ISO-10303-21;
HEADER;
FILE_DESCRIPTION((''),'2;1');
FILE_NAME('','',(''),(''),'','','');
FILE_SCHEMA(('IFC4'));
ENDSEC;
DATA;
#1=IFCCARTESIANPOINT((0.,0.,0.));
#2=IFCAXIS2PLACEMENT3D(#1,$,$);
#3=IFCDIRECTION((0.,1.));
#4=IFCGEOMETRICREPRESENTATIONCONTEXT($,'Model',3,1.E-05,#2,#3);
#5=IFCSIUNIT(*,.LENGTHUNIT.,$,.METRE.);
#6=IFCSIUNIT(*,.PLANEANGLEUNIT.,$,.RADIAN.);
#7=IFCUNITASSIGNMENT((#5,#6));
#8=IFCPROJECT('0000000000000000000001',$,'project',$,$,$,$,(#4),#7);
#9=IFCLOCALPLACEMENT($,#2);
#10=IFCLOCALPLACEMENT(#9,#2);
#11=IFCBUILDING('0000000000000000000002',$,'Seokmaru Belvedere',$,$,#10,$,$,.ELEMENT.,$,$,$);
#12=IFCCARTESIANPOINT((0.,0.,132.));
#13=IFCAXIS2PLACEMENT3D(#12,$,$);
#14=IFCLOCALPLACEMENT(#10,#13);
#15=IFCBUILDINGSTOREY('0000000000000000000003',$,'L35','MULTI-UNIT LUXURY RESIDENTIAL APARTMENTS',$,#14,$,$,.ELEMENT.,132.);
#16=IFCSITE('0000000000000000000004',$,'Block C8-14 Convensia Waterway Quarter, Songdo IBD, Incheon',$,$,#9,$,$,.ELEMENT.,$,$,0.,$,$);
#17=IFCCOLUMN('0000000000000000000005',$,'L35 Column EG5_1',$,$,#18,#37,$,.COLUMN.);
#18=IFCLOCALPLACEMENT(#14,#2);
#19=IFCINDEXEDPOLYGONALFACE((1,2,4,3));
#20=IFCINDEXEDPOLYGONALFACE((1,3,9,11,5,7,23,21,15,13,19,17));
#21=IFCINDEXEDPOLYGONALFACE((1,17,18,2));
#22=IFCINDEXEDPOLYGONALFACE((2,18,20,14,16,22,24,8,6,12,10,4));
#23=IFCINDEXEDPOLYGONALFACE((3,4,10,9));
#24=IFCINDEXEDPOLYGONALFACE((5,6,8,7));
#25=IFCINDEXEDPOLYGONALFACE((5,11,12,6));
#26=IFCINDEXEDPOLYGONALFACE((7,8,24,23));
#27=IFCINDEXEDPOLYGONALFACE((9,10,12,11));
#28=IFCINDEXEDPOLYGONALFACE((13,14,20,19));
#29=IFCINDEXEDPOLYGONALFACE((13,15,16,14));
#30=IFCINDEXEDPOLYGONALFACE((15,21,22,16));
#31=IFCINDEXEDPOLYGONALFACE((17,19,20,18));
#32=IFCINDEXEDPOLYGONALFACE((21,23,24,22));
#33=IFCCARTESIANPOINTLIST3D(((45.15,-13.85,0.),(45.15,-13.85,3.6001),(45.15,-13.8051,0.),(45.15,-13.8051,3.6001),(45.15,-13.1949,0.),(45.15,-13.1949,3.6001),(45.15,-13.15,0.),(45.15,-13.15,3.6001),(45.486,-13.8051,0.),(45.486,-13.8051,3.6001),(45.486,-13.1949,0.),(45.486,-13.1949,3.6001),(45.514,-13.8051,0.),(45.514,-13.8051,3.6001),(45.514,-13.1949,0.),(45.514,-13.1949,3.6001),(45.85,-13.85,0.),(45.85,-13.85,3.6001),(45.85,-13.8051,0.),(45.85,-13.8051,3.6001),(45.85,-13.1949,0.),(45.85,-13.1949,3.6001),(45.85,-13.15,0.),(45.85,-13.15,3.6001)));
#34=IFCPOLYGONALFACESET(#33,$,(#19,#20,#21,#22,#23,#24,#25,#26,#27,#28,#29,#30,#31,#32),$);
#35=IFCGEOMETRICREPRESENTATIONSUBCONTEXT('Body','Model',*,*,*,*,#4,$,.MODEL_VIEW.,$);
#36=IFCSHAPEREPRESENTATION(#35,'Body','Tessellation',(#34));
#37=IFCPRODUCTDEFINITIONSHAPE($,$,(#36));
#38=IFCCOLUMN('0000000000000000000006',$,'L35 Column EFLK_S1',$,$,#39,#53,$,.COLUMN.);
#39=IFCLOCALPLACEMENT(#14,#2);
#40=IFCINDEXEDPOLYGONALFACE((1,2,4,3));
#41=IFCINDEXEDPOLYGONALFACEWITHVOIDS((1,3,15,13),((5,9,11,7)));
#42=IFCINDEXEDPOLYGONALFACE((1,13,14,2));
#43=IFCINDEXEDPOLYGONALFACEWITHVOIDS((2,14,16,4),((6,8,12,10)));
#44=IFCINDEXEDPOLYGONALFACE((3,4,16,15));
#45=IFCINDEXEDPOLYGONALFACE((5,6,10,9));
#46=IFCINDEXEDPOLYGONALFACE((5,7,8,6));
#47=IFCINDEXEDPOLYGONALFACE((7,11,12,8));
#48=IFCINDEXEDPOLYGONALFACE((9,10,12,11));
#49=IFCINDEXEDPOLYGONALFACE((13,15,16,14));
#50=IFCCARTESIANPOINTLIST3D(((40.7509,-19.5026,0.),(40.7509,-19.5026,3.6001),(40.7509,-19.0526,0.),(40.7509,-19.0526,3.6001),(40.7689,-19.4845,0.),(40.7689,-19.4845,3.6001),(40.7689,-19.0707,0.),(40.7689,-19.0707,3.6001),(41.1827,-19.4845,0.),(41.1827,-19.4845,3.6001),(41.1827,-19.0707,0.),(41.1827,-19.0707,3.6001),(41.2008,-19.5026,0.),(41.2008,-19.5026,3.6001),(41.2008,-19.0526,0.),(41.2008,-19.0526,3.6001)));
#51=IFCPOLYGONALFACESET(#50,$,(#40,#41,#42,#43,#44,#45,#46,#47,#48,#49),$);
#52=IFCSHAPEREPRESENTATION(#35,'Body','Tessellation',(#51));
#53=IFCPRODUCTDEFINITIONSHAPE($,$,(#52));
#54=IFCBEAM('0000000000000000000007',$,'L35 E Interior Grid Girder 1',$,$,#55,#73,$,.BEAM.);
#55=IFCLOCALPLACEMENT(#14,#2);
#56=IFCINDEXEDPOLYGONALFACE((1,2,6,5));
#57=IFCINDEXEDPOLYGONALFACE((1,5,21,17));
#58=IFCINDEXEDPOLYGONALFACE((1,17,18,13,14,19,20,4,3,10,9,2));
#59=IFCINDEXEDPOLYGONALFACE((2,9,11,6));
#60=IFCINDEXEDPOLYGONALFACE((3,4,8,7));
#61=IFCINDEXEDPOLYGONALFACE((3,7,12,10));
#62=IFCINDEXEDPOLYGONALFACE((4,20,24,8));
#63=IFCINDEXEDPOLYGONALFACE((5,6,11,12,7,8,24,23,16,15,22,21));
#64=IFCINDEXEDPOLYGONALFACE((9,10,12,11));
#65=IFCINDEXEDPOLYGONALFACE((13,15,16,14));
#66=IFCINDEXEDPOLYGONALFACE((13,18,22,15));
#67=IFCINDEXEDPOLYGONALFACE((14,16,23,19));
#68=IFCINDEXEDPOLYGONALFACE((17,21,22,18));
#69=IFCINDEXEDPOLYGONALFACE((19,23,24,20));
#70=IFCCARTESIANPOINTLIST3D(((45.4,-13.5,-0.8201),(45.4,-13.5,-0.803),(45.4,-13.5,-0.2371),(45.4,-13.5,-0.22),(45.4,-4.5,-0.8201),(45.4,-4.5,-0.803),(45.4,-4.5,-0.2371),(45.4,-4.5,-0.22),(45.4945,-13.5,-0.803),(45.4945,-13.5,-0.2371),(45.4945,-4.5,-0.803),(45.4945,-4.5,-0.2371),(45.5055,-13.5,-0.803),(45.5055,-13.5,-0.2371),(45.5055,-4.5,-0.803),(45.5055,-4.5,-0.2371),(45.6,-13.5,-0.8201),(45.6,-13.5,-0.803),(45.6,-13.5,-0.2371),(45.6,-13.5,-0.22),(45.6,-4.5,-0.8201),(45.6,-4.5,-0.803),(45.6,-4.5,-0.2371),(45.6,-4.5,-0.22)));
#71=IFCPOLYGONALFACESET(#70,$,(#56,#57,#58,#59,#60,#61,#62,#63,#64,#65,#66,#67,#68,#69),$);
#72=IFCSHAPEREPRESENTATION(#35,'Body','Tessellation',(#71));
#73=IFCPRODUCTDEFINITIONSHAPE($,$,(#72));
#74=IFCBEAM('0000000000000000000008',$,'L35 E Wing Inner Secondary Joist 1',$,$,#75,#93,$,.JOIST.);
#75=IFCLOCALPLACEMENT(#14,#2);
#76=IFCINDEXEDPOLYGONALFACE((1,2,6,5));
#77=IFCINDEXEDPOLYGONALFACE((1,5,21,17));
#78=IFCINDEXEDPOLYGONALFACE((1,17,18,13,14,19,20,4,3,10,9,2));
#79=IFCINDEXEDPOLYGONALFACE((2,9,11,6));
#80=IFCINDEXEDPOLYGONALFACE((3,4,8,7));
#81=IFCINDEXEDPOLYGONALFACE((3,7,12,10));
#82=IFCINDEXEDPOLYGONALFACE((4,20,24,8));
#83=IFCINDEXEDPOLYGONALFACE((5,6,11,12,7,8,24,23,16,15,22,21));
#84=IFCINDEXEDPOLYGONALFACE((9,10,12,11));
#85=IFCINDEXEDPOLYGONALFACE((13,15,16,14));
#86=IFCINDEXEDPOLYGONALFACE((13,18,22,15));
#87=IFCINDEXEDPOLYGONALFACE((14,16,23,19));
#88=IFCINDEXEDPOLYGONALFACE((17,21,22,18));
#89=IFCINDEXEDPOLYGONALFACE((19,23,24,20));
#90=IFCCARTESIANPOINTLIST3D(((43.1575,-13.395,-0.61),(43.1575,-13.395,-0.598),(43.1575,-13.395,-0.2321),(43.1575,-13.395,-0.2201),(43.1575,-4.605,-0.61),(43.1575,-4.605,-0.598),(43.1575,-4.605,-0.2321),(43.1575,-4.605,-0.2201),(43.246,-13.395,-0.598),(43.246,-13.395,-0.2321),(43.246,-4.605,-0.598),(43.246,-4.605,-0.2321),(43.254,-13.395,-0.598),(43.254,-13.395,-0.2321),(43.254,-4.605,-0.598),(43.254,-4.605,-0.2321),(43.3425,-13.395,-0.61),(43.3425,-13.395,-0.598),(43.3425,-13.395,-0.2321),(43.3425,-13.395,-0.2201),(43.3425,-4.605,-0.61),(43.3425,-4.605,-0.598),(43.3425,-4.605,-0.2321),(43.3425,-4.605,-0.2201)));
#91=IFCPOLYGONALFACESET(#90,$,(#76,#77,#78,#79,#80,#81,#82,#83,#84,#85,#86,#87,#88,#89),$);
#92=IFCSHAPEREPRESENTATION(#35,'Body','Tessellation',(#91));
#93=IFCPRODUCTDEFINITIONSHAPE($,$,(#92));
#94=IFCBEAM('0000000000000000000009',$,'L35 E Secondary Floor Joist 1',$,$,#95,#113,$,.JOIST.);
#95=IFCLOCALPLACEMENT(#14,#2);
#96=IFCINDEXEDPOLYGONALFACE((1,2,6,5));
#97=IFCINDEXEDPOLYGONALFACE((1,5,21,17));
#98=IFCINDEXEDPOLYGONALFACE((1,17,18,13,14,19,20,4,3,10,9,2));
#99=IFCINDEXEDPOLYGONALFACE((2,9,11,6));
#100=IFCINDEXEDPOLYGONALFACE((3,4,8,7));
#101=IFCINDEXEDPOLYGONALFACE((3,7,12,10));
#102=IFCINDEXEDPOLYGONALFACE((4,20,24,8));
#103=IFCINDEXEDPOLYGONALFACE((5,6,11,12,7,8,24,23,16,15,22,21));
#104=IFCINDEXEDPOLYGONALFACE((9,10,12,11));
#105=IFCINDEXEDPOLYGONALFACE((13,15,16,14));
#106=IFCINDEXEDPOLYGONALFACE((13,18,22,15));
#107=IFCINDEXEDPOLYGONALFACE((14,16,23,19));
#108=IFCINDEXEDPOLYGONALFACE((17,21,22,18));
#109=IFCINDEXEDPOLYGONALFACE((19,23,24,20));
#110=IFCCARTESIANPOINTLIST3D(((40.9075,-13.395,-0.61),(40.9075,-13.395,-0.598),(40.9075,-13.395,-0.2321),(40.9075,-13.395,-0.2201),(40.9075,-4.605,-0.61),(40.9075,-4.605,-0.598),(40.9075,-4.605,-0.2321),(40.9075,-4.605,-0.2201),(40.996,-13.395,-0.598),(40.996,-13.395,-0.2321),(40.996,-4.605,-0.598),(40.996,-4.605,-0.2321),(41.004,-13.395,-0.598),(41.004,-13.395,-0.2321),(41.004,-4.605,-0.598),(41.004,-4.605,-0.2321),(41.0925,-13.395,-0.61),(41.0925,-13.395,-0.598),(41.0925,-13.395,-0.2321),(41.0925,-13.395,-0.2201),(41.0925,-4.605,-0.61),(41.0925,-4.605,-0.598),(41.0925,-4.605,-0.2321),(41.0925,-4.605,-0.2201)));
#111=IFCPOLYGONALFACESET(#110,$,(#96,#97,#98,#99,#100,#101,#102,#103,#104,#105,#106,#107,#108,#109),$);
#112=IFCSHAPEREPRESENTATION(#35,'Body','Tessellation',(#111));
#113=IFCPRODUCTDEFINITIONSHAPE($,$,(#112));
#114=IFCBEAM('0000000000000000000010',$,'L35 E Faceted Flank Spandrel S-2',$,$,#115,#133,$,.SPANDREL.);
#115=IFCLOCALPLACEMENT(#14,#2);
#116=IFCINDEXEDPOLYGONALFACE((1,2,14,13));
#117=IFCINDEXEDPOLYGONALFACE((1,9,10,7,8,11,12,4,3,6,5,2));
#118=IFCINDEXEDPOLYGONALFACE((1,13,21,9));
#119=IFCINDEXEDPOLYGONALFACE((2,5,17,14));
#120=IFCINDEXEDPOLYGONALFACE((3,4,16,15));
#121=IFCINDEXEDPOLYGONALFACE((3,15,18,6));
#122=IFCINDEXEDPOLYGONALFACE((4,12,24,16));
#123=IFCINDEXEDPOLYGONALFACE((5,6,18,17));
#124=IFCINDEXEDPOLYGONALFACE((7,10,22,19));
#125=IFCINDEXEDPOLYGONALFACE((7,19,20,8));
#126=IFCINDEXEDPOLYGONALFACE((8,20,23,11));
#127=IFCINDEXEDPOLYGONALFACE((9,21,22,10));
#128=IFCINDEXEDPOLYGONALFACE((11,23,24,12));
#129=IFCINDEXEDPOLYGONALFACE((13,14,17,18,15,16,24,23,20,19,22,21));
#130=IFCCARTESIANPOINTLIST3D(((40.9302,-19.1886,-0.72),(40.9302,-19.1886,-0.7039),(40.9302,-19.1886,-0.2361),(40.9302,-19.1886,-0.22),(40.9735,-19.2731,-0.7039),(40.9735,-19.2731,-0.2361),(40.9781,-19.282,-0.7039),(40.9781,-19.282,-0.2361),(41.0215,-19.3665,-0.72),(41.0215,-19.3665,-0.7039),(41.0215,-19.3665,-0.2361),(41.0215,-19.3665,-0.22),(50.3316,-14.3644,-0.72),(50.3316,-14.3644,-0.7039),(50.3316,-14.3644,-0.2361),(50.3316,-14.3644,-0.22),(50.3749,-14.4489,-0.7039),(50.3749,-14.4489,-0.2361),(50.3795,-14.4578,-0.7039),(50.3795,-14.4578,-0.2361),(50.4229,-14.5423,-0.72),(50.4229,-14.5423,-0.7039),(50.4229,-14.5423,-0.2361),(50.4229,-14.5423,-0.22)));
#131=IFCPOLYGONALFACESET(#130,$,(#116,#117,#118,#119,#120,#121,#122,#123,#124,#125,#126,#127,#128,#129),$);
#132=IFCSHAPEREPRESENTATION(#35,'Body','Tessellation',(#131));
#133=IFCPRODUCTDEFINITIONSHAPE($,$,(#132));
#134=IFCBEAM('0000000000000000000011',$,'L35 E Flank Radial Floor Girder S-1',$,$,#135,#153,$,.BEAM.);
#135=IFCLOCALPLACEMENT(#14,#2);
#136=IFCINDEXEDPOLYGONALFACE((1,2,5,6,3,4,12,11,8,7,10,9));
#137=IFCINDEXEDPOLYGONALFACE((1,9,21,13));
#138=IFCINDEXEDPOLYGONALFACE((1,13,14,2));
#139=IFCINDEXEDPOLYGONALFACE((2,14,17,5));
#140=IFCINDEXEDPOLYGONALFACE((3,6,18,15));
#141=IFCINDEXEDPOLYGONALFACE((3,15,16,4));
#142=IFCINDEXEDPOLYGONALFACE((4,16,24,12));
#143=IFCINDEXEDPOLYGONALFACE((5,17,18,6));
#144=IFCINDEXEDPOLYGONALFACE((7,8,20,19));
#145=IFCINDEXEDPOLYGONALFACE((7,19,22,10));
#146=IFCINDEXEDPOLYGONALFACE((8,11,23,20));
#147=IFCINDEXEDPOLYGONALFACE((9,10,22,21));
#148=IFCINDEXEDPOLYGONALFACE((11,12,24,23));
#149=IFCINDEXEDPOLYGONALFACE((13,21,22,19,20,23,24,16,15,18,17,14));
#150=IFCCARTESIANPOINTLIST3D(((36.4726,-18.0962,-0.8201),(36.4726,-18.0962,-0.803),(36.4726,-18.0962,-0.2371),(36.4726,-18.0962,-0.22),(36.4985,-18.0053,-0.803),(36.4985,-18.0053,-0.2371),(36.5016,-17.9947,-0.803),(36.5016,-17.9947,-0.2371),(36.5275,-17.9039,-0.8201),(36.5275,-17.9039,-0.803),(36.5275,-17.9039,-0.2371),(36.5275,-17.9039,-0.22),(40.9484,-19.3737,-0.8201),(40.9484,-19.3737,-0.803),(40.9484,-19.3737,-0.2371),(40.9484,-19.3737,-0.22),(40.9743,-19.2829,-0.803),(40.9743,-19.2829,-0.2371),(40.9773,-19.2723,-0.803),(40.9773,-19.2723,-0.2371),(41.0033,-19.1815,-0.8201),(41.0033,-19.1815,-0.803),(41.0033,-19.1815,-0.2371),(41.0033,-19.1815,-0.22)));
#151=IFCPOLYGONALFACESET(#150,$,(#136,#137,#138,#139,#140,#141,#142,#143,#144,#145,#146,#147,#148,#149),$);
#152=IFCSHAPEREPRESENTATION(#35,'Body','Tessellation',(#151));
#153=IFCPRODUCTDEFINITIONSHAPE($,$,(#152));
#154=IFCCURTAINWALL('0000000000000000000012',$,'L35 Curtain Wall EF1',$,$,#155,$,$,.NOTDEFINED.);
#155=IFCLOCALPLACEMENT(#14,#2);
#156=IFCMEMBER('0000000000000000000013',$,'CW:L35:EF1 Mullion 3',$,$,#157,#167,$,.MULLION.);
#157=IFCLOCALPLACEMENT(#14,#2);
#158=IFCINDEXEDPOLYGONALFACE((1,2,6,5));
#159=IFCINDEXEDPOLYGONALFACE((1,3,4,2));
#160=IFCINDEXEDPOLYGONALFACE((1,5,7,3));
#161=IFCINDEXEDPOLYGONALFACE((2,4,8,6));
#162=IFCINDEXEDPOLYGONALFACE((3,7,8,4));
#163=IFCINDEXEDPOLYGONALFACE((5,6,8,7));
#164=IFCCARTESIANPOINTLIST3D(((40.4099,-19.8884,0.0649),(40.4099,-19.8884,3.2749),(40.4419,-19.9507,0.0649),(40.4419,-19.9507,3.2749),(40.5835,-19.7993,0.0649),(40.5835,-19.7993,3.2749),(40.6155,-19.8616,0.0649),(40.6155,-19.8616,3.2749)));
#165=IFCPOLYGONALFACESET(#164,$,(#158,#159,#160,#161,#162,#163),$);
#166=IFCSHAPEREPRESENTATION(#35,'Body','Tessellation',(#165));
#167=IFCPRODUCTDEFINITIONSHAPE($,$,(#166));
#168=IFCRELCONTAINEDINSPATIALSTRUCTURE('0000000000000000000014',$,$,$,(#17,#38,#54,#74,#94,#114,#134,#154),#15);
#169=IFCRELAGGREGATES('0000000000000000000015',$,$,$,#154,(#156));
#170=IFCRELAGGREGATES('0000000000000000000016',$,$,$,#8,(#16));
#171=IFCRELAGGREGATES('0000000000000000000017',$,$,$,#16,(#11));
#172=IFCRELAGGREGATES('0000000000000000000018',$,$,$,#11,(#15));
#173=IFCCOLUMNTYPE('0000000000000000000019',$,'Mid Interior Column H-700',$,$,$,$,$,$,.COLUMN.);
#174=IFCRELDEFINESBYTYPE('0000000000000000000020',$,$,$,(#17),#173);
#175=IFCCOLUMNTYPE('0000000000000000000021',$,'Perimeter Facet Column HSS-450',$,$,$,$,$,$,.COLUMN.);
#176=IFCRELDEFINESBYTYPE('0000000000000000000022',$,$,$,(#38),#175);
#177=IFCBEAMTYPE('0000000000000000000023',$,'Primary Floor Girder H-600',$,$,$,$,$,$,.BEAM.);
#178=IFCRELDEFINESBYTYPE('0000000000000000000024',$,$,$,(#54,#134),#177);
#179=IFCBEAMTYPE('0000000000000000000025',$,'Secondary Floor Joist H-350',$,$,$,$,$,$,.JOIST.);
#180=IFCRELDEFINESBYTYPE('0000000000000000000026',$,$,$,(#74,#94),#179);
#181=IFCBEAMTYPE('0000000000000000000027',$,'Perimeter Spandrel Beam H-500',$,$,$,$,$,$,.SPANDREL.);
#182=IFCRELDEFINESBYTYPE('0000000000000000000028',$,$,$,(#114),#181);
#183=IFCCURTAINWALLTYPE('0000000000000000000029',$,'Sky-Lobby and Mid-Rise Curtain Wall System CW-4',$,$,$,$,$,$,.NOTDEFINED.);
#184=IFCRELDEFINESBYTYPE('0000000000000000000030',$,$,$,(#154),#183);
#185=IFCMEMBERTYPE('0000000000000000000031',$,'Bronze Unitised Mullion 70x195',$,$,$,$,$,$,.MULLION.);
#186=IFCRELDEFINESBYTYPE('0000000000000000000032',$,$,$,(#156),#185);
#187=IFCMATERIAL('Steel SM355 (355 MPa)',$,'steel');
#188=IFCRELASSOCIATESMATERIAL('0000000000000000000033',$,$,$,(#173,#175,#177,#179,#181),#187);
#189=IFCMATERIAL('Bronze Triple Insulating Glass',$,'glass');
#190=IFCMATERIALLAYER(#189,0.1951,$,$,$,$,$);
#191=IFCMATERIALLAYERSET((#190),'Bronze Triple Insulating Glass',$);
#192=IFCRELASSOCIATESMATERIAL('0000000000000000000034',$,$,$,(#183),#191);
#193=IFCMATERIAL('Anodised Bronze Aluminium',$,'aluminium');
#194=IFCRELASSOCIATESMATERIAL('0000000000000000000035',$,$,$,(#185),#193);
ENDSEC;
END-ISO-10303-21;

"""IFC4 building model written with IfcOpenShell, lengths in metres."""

from ifc_helpers import new_model, si_unit, direction, frame, origin, origin_2d, place, context, subcontext, project, spatial, rectangle, hollow_rectangle, i_section, extrude, source, transform, mapped, material, layer, layer_set, material_profile, profile_set, type_object, type_shapes, element, aggregate, save


model = new_model("IFC4")

# Units and contexts
model_context = context("Model", 3, precision=1e-05, world=origin(), true_north=direction((0.0, 1.0)))
body_context = subcontext(model_context, "Body", "Model", "MODEL_VIEW")
ifc_project = project(units=[si_unit("LENGTHUNIT", "METRE"), si_unit("PLANEANGLEUNIT", "RADIAN")], contexts=[model_context])

# Site, building, storey
site_placement = place(None, origin())
site = spatial("IfcSite", under=ifc_project, at=site_placement, Name="Block C8-14 Convensia Waterway Quarter, Songdo IBD, Incheon", CompositionType="ELEMENT", RefElevation=0.0)
building_placement = place(site_placement, origin())
building = spatial("IfcBuilding", under=site, at=building_placement, Name="Seokmaru Belvedere", CompositionType="ELEMENT")
storey_placement = place(building_placement, frame((0.0, 0.0, 132.0)))
storey = spatial("IfcBuildingStorey", under=building, at=storey_placement, Name="L35", Description="MULTI-UNIT LUXURY RESIDENTIAL APARTMENTS", CompositionType="ELEMENT", Elevation=132.0)

# Columns
ifc_material_1 = material(Name="Steel SM355 (355 MPa)", Category="steel")
ifc_material_profile_1 = material_profile(ifc_material_1, i_section(OverallWidth=0.7, OverallDepth=0.7, WebThickness=0.0281, FlangeThickness=0.0449, at=origin_2d()), Name="H-700x700x28x45")
ifc_profile_set_1 = profile_set([ifc_material_profile_1], Name="Steel SM355 (355 MPa)")
column_type_1 = type_object("IfcColumnType", Name="Mid Interior Column H-700", PredefinedType="COLUMN", material=ifc_profile_set_1)
shared_shape_1 = source(origin(), body_context, "Body", "SweptSolid", [
    extrude(i_section(OverallWidth=0.7, OverallDepth=0.7, WebThickness=0.0281, FlangeThickness=0.0449, at=origin_2d()), origin(), (0.0, 0.0, 1.0), 3.6001),
])
type_shapes(column_type_1, [shared_shape_1])
column_1_placement = place(storey_placement, frame((45.5, -13.5, 0.0), z_axis=(0.0, 0.0, 1.0), x_axis=(1.0, 0.0, 0.0)))
element("IfcColumn", 1, at=column_1_placement, inside=storey, type_object=column_type_1, Name="L35 Column EG5_1", PredefinedType="COLUMN", context=body_context, shape_type="MappedRepresentation", body=[
    mapped(shared_shape_1, transform((0.0, 0.0, 0.0), scale=1.0)),
])
ifc_material_profile_2 = material_profile(ifc_material_1, hollow_rectangle(XDim=0.45, YDim=0.45, WallThickness=0.0181, at=origin_2d()), Name="HSS-450x450x18")
ifc_profile_set_2 = profile_set([ifc_material_profile_2], Name="Steel SM355 (355 MPa)")
column_type_2 = type_object("IfcColumnType", Name="Perimeter Facet Column HSS-450", PredefinedType="COLUMN", material=ifc_profile_set_2)
shared_shape_2 = source(origin(), body_context, "Body", "SweptSolid", [
    extrude(hollow_rectangle(XDim=0.45, YDim=0.45, WallThickness=0.0181, at=origin_2d()), origin(), (0.0, 0.0, 1.0), 3.6001),
])
type_shapes(column_type_2, [shared_shape_2])
column_2_placement = place(storey_placement, frame((40.9758, -19.2776, 0.0), z_axis=(0.0, 0.0, 1.0), x_axis=(1.0, 0.0, 0.0)))
element("IfcColumn", 2, at=column_2_placement, inside=storey, type_object=column_type_2, Name="L35 Column EFLK_S1", PredefinedType="COLUMN", context=body_context, shape_type="MappedRepresentation", body=[
    mapped(shared_shape_2, transform((0.0, 0.0, 0.0), scale=1.0)),
])

# Beams
ifc_material_profile_3 = material_profile(ifc_material_1, i_section(OverallWidth=0.2, OverallDepth=0.6001, WebThickness=0.011, FlangeThickness=0.0171, at=origin_2d()), Name="H-600x200x11x17")
ifc_profile_set_3 = profile_set([ifc_material_profile_3], Name="Steel SM355 (355 MPa)")
beam_type_1 = type_object("IfcBeamType", Name="Primary Floor Girder H-600", PredefinedType="BEAM", material=ifc_profile_set_3)
shared_shape_3 = source(origin(), body_context, "Body", "SweptSolid", [
    extrude(i_section(OverallWidth=0.2, OverallDepth=0.6001, WebThickness=0.011, FlangeThickness=0.0171, at=origin_2d()), origin(), (0.0, 0.0, 1.0), 9.0),
])
beam_1_placement = place(storey_placement, frame((45.5, -13.5, -0.52), z_axis=(0.0, 1.0, 0.0), x_axis=(-1.0, 0.0, 0.0)))
element("IfcBeam", 3, at=beam_1_placement, inside=storey, type_object=beam_type_1, Name="L35 E Interior Grid Girder 1", PredefinedType="BEAM", context=body_context, shape_type="MappedRepresentation", body=[
    mapped(shared_shape_3, transform((0.0, 0.0, 0.0), scale=1.0)),
])
ifc_material_profile_4 = material_profile(ifc_material_1, i_section(OverallWidth=0.1851, OverallDepth=0.3899, WebThickness=0.0081, FlangeThickness=0.012, at=origin_2d()), Name="H-390x185x8x12")
ifc_profile_set_4 = profile_set([ifc_material_profile_4], Name="Steel SM355 (355 MPa)")
beam_type_2 = type_object("IfcBeamType", Name="Secondary Floor Joist H-350", PredefinedType="JOIST", material=ifc_profile_set_4)
shared_shape_4 = source(origin(), body_context, "Body", "SweptSolid", [
    extrude(i_section(OverallWidth=0.1851, OverallDepth=0.3899, WebThickness=0.0081, FlangeThickness=0.012, at=origin_2d()), origin(), (0.0, 0.0, 1.0), 8.79),
])
type_shapes(beam_type_2, [shared_shape_4])
for number, where, z_axis, x_axis, name in (
    (4, (43.25, -13.395, -0.415), (0.0, 1.0, 0.0), (-1.0, 0.0, 0.0), "L35 E Wing Inner Secondary Joist 1"),
    (5, (41.0, -13.395, -0.415), (0.0, 1.0, 0.0), (-1.0, 0.0, 0.0), "L35 E Secondary Floor Joist 1"),
):
    element("IfcBeam", number, at=place(storey_placement, frame(where, z_axis=z_axis, x_axis=x_axis)), inside=storey, type_object=beam_type_2, Name=name, PredefinedType="JOIST", context=body_context, shape_type="MappedRepresentation", body=[
        mapped(shared_shape_4, transform((0.0, 0.0, 0.0), scale=1.0)),
    ])
ifc_material_profile_5 = material_profile(ifc_material_1, i_section(OverallWidth=0.2, OverallDepth=0.5, WebThickness=0.01, FlangeThickness=0.0161, at=origin_2d()), Name="H-500x200x10x16")
ifc_profile_set_5 = profile_set([ifc_material_profile_5], Name="Steel SM355 (355 MPa)")
beam_type_3 = type_object("IfcBeamType", Name="Perimeter Spandrel Beam H-500", PredefinedType="SPANDREL", material=ifc_profile_set_5)
shared_shape_5 = source(origin(), body_context, "Body", "SweptSolid", [
    extrude(i_section(OverallWidth=0.2, OverallDepth=0.5, WebThickness=0.01, FlangeThickness=0.0161, at=origin_2d()), origin(), (0.0, 0.0, 1.0), 10.5669),
])
type_shapes(beam_type_3, [shared_shape_5])
beam_2_placement = place(storey_placement, frame((40.9758, -19.2776, -0.47), z_axis=(0.889702, 0.456542, 0.0), x_axis=(-0.456542, 0.889702, 0.0)))
element("IfcBeam", 6, at=beam_2_placement, inside=storey, type_object=beam_type_3, Name="L35 E Faceted Flank Spandrel S-2", PredefinedType="SPANDREL", context=body_context, shape_type="MappedRepresentation", body=[
    mapped(shared_shape_5, transform((0.0, 0.0, 0.0), scale=1.0)),
])
shared_shape_6 = source(origin(), body_context, "Body", "SweptSolid", [
    extrude(i_section(OverallWidth=0.2, OverallDepth=0.6001, WebThickness=0.011, FlangeThickness=0.0171, at=origin_2d()), origin(), (0.0, 0.0, 1.0), 4.6545),
])
type_shapes(beam_type_1, [shared_shape_3, shared_shape_6])
beam_3_placement = place(storey_placement, frame((40.9758, -19.2776, -0.52), z_axis=(-0.961593, 0.274479, 0.0), x_axis=(-0.274479, -0.961593, 0.0)))
element("IfcBeam", 7, at=beam_3_placement, inside=storey, type_object=beam_type_1, Name="L35 E Flank Radial Floor Girder S-1", PredefinedType="BEAM", context=body_context, shape_type="MappedRepresentation", body=[
    mapped(shared_shape_6, transform((0.0, 0.0, 0.0), scale=1.0)),
])

# Curtain wall, member
ifc_material_2 = material(Name="Bronze Triple Insulating Glass", Category="glass")
ifc_layer_1 = layer(ifc_material_2, 0.1951)
ifc_layer_set_1 = layer_set([ifc_layer_1], Name="Bronze Triple Insulating Glass")
curtain_wall_type = type_object("IfcCurtainWallType", Name="Sky-Lobby and Mid-Rise Curtain Wall System CW-4", PredefinedType="NOTDEFINED", material=ifc_layer_set_1)
curtain_wall_placement = place(storey_placement, origin())
curtain_wall = element("IfcCurtainWall", 8, at=curtain_wall_placement, inside=storey, type_object=curtain_wall_type, Name="L35 Curtain Wall EF1", PredefinedType="NOTDEFINED")
ifc_material_3 = material(Name="Anodised Bronze Aluminium", Category="aluminium")
ifc_material_profile_6 = material_profile(ifc_material_3, rectangle(XDim=0.0701, YDim=0.1951, at=origin_2d()), Name="CW-M-70x195")
ifc_profile_set_6 = profile_set([ifc_material_profile_6], Name="Anodised Bronze Aluminium")
member_type = type_object("IfcMemberType", Name="Bronze Unitised Mullion 70x195", PredefinedType="MULLION", material=ifc_profile_set_6)
shared_shape_7 = source(origin(), body_context, "Body", "SweptSolid", [
    extrude(rectangle(XDim=0.0701, YDim=0.1951, at=origin_2d()), origin(), (0.0, 0.0, 1.0), 3.21),
])
type_shapes(member_type, [shared_shape_7])
member_1_placement = place(storey_placement, frame((40.5127, -19.875, 0.0649), z_axis=(0.0, 0.0, 1.0), x_axis=(-0.456555, 0.889695, 0.0)))
member_1 = element("IfcMember", 9, at=member_1_placement, type_object=member_type, Name="CW:L35:EF1 Mullion 3", PredefinedType="MULLION", context=body_context, shape_type="MappedRepresentation", body=[
    mapped(shared_shape_7, transform((0.0, 0.0, 0.0), scale=1.0)),
])
aggregate(curtain_wall, [member_1])

save(model, "model.ifc")
